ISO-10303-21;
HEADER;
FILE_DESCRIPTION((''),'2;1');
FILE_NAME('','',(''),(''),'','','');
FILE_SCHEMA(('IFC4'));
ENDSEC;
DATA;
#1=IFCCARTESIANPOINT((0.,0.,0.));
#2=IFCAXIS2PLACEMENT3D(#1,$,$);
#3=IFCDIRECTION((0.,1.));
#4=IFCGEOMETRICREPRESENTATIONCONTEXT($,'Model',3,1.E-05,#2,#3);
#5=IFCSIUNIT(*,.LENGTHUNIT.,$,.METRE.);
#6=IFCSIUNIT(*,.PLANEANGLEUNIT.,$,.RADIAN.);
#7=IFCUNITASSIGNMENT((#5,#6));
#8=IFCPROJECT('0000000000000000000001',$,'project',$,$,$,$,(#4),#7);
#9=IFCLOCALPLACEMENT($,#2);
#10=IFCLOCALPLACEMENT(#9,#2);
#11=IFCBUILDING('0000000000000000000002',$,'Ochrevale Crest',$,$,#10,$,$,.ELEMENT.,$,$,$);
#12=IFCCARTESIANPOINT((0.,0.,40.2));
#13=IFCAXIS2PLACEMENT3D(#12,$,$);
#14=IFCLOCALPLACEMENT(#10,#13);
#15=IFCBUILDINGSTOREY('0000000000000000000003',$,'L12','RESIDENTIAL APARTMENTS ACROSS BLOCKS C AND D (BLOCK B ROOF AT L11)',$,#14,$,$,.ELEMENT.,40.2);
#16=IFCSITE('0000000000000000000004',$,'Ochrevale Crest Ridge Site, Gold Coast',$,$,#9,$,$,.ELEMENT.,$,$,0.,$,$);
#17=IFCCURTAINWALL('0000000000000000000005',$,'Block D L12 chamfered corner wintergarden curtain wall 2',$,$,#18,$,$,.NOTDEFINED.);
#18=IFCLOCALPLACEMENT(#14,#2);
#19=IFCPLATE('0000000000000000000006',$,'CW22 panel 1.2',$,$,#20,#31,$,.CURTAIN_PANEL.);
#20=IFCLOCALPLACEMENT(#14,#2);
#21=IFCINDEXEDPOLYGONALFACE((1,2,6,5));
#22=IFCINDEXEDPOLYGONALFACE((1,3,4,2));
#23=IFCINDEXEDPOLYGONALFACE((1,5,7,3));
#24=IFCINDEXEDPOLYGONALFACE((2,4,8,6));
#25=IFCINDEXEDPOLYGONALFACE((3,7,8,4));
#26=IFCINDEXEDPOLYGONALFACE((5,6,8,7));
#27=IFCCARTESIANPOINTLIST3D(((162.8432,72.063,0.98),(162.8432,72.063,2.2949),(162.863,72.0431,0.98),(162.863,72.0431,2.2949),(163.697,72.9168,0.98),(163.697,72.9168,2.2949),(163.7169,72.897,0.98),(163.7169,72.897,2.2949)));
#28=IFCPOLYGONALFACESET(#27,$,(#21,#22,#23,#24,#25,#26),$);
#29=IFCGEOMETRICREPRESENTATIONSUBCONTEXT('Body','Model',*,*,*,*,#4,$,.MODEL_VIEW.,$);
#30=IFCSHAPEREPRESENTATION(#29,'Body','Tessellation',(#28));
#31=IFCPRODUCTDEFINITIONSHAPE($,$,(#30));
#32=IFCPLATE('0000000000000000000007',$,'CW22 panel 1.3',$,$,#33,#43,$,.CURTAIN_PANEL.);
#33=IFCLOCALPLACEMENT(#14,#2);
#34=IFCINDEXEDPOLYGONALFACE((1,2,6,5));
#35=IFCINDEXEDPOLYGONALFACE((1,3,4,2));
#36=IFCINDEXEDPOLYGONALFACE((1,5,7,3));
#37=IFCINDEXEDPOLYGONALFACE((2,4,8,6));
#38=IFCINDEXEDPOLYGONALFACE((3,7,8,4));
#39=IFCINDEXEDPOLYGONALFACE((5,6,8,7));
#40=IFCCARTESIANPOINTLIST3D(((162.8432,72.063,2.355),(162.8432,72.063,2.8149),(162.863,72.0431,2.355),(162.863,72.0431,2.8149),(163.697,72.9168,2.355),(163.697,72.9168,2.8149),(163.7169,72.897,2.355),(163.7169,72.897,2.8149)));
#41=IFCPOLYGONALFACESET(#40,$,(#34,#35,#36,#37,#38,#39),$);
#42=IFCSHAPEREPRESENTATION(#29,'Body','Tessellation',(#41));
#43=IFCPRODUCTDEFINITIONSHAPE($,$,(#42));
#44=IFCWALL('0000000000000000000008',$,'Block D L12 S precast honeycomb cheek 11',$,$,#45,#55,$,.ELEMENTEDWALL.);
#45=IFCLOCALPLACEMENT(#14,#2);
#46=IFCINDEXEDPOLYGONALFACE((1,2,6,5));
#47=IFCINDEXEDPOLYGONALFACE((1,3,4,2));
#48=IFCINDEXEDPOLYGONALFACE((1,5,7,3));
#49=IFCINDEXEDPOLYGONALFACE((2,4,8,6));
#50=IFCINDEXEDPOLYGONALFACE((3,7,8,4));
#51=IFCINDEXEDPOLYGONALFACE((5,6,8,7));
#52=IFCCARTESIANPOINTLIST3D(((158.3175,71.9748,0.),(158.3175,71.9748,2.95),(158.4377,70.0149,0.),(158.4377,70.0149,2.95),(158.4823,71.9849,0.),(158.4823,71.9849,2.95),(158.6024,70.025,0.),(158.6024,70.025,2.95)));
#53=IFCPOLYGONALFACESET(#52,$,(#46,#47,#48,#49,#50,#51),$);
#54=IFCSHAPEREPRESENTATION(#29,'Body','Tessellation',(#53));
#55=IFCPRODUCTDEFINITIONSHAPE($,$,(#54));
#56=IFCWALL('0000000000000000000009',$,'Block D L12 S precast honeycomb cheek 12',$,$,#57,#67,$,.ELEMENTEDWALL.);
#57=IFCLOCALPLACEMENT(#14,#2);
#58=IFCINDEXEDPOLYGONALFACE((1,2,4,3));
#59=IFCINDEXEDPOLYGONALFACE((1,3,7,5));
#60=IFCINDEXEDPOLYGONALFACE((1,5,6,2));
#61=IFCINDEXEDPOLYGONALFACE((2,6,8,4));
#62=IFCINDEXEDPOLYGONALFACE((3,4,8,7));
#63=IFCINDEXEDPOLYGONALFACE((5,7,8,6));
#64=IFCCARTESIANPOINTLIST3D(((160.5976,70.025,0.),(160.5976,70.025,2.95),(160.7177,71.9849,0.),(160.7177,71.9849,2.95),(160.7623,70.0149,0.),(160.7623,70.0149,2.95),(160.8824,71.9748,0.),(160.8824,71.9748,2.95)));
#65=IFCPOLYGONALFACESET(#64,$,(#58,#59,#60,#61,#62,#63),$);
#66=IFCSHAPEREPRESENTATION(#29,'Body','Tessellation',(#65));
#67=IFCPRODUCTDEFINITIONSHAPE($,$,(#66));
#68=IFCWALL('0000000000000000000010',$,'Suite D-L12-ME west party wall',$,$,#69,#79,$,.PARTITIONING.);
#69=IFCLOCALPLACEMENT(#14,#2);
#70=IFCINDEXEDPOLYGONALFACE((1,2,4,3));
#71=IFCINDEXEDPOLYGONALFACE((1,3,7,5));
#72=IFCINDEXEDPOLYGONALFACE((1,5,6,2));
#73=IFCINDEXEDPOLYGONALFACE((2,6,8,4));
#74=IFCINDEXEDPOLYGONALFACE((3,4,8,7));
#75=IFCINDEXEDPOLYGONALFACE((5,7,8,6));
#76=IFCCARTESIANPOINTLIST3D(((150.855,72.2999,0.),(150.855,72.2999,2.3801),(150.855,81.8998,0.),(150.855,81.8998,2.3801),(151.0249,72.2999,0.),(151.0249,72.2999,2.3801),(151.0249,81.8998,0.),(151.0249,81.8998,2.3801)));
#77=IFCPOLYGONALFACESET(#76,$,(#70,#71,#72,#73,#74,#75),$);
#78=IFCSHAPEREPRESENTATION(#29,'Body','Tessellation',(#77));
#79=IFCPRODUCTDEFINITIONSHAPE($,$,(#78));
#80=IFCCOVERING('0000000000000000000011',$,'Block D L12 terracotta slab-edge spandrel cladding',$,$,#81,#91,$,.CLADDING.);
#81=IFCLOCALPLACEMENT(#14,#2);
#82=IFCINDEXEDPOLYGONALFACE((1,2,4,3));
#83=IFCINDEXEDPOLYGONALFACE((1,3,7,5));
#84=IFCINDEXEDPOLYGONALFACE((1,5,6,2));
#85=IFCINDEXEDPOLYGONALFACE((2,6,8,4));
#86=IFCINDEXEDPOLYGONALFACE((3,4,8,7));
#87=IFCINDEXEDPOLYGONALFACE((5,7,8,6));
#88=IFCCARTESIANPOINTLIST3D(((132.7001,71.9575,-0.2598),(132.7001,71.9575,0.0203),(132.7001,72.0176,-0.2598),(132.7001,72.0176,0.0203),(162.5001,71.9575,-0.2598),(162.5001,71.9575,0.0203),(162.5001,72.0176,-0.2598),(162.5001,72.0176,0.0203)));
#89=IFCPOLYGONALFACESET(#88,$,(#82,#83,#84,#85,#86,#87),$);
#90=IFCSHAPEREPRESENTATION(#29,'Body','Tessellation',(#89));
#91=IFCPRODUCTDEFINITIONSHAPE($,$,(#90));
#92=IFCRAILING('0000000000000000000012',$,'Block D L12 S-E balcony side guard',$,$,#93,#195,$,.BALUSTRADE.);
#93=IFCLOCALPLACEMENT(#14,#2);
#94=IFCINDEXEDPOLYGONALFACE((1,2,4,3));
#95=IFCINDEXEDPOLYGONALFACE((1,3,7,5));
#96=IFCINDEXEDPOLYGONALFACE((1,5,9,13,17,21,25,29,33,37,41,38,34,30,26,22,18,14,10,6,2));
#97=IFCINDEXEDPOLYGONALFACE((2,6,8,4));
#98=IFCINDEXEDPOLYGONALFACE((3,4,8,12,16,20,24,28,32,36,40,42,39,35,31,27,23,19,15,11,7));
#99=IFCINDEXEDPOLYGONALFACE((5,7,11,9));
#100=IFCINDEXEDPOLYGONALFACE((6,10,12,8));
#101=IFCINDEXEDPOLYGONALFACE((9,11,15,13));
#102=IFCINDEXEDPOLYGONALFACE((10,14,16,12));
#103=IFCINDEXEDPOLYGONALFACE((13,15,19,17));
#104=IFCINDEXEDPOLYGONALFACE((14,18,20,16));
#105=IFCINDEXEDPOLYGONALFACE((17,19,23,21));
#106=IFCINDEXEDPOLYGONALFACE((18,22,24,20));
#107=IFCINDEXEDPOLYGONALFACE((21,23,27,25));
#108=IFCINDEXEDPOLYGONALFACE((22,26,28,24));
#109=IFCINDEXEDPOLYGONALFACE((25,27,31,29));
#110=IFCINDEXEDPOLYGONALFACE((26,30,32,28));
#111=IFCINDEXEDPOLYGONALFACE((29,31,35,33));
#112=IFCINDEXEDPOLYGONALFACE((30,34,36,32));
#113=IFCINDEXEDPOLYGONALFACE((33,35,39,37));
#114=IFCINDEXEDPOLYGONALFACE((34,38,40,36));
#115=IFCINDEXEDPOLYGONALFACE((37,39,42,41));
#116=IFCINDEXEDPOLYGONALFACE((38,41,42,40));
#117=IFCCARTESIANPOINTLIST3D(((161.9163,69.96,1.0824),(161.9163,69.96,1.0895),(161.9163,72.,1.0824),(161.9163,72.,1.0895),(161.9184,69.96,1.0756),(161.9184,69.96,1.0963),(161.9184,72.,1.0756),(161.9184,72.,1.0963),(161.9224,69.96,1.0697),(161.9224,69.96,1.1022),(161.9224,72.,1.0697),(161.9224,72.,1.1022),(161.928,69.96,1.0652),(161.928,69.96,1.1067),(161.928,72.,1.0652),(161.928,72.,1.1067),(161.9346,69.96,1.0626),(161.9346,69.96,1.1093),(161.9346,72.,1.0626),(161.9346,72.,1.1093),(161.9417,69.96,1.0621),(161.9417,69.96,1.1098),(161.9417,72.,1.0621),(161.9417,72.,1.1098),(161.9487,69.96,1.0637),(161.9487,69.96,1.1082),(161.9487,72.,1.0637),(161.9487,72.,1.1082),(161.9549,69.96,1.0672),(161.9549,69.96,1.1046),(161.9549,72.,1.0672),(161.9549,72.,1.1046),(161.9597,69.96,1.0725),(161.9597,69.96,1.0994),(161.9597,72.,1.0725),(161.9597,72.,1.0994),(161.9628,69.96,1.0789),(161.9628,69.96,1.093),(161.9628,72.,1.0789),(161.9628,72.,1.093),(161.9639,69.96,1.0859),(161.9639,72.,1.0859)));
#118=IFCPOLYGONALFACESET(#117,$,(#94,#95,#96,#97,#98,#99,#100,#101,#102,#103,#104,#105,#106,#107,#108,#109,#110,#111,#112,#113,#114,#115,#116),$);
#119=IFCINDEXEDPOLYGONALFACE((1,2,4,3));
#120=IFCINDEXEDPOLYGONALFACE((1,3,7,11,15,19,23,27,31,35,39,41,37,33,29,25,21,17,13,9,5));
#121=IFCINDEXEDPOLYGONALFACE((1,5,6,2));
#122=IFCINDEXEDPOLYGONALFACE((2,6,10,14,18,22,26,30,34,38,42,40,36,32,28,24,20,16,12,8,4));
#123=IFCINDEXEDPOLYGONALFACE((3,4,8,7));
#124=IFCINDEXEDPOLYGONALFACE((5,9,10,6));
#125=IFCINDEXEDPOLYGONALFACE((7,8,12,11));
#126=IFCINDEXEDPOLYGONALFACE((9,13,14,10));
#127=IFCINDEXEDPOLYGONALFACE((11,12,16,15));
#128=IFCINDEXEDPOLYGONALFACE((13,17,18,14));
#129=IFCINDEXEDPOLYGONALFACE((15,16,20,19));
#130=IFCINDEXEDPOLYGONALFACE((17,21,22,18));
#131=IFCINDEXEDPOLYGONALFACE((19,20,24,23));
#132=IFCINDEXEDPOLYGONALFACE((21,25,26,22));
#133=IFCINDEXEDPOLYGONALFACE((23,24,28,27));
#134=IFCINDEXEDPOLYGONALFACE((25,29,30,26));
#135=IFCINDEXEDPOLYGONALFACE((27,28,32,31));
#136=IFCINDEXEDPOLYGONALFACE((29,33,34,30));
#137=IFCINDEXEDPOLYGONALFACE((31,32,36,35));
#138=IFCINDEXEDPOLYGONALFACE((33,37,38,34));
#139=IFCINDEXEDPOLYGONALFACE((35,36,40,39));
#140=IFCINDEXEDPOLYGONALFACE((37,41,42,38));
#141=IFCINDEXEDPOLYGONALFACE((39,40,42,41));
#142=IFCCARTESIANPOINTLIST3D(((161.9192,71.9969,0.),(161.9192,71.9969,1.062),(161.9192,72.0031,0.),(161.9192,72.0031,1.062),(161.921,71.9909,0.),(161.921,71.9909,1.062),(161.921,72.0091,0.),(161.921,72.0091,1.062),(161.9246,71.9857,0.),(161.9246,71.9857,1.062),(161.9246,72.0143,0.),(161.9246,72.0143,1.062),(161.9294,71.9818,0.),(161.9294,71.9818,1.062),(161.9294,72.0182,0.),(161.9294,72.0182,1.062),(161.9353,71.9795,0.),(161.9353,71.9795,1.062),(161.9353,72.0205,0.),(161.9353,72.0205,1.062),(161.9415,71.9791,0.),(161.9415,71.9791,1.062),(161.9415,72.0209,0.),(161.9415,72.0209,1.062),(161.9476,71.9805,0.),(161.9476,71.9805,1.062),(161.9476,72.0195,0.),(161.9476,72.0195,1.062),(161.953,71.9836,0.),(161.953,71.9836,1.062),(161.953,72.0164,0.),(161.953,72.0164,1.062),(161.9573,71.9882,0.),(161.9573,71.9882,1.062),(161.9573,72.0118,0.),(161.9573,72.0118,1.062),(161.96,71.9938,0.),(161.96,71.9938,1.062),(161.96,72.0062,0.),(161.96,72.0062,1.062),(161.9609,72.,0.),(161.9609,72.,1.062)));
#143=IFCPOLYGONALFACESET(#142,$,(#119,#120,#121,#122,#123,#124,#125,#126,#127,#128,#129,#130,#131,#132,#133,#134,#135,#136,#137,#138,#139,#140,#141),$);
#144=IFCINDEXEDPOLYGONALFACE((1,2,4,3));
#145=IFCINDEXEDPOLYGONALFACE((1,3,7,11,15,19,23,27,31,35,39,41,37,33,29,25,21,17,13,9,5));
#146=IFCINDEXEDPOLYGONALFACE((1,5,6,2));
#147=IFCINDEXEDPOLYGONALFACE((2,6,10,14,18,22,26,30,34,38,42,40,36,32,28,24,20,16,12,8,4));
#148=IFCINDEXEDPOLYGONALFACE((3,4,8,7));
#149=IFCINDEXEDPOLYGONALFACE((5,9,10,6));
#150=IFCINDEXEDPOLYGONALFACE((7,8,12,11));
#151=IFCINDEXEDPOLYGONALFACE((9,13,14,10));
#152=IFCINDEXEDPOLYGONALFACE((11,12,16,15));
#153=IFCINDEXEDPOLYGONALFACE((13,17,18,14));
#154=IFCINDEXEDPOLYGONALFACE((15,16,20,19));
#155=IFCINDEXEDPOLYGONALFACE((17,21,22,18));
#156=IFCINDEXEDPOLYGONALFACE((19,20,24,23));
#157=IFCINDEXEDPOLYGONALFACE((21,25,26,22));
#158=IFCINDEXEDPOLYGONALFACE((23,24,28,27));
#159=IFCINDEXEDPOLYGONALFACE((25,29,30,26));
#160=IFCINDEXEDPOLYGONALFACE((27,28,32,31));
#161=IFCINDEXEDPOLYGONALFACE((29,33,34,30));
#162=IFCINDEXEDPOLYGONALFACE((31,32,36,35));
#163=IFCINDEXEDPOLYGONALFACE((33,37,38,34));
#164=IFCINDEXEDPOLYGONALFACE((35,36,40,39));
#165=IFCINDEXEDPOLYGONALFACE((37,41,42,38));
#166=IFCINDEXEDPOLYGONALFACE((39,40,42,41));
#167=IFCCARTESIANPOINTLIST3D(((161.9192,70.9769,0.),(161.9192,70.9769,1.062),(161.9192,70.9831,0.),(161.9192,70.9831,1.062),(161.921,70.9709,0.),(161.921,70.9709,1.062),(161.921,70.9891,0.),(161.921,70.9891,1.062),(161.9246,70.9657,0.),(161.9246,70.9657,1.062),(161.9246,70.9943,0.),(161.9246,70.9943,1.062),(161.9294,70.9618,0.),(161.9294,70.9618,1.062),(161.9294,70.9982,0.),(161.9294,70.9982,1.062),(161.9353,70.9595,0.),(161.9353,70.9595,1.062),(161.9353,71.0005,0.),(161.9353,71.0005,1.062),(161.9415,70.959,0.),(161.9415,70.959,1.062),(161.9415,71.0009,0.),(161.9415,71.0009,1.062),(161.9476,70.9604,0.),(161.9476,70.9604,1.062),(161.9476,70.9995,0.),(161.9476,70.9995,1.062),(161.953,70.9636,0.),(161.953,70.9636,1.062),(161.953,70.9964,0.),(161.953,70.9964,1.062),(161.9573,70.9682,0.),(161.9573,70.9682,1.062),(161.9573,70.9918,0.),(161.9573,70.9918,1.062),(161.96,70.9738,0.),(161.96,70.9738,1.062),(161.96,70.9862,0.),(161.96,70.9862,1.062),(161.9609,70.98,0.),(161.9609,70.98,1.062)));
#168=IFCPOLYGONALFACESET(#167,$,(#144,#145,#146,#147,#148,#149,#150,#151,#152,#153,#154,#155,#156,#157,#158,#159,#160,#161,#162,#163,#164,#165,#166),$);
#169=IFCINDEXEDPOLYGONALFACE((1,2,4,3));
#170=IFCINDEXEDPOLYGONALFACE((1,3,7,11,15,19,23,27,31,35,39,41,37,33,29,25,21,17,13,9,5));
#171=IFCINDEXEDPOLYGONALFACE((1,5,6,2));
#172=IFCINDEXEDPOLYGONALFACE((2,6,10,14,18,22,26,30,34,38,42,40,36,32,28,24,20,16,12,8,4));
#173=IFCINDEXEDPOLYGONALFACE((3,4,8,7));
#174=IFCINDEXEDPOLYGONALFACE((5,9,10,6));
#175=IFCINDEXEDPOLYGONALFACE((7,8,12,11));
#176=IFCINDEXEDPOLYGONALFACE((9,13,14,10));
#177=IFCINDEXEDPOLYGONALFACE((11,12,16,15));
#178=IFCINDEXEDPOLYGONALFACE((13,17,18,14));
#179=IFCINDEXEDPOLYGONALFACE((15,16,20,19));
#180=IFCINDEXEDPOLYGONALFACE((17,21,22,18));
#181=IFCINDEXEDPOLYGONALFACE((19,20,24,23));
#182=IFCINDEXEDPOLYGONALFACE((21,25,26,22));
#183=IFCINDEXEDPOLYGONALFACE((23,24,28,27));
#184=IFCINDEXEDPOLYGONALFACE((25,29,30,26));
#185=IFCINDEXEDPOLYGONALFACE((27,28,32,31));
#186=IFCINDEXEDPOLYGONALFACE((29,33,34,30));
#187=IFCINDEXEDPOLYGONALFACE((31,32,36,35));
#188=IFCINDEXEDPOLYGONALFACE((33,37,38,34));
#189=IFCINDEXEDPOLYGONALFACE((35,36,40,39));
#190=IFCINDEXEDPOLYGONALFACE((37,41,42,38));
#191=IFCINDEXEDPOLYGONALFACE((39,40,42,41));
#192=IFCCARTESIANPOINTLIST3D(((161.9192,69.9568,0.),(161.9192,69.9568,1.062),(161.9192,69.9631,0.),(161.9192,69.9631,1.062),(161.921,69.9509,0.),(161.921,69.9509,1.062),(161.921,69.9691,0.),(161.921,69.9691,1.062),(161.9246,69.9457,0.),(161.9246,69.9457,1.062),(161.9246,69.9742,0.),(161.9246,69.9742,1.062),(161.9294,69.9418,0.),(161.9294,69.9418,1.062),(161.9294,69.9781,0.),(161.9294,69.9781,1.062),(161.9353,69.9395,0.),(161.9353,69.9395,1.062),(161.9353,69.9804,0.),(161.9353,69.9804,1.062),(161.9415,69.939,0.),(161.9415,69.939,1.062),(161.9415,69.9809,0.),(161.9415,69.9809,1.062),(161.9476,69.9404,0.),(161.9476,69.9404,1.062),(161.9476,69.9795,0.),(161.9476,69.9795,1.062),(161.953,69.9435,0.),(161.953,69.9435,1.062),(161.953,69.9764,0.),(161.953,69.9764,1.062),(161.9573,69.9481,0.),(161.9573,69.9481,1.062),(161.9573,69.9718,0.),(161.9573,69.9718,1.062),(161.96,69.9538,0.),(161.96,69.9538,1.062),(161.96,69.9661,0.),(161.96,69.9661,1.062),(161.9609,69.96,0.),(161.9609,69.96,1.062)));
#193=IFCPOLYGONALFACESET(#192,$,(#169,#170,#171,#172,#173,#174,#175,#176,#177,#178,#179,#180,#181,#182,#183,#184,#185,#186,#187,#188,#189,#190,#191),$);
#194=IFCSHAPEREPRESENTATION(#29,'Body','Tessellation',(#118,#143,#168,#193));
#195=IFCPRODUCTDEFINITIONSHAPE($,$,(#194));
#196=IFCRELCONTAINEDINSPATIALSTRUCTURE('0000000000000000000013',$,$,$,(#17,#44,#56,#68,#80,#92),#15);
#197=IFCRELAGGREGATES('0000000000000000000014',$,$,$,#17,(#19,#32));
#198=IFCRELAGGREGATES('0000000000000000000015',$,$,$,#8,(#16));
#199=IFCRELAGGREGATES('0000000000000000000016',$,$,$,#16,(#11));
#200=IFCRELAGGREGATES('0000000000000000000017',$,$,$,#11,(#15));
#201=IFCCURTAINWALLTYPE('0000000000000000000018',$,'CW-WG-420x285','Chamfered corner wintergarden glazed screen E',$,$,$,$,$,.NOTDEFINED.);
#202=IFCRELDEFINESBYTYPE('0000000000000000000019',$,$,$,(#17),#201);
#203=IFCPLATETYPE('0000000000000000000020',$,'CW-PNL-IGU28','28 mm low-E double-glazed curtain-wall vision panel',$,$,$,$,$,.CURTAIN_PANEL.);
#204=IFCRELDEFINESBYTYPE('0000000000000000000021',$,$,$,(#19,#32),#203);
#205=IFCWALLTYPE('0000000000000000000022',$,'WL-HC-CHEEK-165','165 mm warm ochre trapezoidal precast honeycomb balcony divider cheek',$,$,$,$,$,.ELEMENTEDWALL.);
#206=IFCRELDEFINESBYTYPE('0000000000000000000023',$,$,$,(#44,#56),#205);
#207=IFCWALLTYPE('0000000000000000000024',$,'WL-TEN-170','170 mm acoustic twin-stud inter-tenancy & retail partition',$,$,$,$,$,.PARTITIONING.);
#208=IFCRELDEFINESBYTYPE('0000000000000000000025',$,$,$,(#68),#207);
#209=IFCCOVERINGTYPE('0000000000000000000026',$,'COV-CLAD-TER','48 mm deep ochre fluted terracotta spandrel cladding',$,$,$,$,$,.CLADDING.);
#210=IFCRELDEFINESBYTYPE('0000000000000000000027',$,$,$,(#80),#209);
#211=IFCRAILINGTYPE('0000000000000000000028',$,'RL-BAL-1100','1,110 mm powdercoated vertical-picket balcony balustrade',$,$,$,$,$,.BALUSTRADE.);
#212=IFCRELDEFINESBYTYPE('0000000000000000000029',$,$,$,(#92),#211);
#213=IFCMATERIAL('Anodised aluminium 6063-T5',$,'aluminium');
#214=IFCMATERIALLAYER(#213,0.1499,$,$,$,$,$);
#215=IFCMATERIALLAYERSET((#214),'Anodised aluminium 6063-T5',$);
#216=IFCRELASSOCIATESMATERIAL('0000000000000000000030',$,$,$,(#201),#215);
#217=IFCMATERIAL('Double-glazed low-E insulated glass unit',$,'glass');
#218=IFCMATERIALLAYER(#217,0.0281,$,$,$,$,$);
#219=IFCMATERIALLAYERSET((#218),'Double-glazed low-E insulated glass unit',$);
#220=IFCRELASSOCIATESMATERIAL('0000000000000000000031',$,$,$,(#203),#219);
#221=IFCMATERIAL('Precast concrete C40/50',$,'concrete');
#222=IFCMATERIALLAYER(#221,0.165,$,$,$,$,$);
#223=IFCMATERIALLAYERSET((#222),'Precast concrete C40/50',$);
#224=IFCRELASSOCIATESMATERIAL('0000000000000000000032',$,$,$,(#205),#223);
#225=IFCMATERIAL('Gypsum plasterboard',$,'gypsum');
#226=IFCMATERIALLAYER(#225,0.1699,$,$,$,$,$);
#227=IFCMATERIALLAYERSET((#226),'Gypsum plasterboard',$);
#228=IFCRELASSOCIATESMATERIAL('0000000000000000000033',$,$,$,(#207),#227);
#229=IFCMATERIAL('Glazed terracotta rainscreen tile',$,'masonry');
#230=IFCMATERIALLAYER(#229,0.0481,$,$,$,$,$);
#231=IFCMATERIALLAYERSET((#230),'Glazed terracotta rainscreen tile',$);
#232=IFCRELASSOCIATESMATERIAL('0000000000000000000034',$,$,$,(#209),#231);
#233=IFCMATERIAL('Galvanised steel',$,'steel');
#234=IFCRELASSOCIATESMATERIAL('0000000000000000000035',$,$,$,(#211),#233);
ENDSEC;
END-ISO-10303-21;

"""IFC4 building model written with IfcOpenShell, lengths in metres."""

from ifc_helpers import new_model, si_unit, direction, frame, frame_2d, origin, origin_2d, place, context, subcontext, project, spatial, rectangle, circle, extrude, material, layer, layer_set, type_object, element, aggregate, save


model = new_model("IFC4")

# Units and contexts
model_context = context("Model", 3, precision=1e-05, world=origin(), true_north=direction((0.0, 1.0)))
body_context = subcontext(model_context, "Body", "Model", "MODEL_VIEW")
ifc_project = project(units=[si_unit("LENGTHUNIT", "METRE"), si_unit("PLANEANGLEUNIT", "RADIAN")], contexts=[model_context])

# Site, building, storey
site_placement = place(None, origin())
site = spatial("IfcSite", under=ifc_project, at=site_placement, Name="Ochrevale Crest Ridge Site, Gold Coast", CompositionType="ELEMENT", RefElevation=0.0)
building_placement = place(site_placement, origin())
building = spatial("IfcBuilding", under=site, at=building_placement, Name="Ochrevale Crest", CompositionType="ELEMENT")
storey_placement = place(building_placement, frame((0.0, 0.0, 40.2)))
storey = spatial("IfcBuildingStorey", under=building, at=storey_placement, Name="L12", Description="RESIDENTIAL APARTMENTS ACROSS BLOCKS C AND D (BLOCK B ROOF AT L11)", CompositionType="ELEMENT", Elevation=40.2)

# Shared definitions
ifc_material_1 = material(Name="Precast concrete C40/50", Category="concrete")

# Curtain wall, plates
ifc_material_2 = material(Name="Anodised aluminium 6063-T5", Category="aluminium")
ifc_layer_1 = layer(ifc_material_2, 0.1499)
ifc_layer_set_1 = layer_set([ifc_layer_1], Name="Anodised aluminium 6063-T5")
curtain_wall_type = type_object("IfcCurtainWallType", Name="CW-WG-420x285", Description="Chamfered corner wintergarden glazed screen E", PredefinedType="NOTDEFINED", material=ifc_layer_set_1)
curtain_wall_placement = place(storey_placement, origin())
curtain_wall = element("IfcCurtainWall", 1, at=curtain_wall_placement, inside=storey, type_object=curtain_wall_type, Name="Block D L12 chamfered corner wintergarden curtain wall 2", PredefinedType="NOTDEFINED")
ifc_material_3 = material(Name="Double-glazed low-E insulated glass unit", Category="glass")
ifc_layer_2 = layer(ifc_material_3, 0.0281)
ifc_layer_set_2 = layer_set([ifc_layer_2], Name="Double-glazed low-E insulated glass unit")
plate_type = type_object("IfcPlateType", Name="CW-PNL-IGU28", Description="28 mm low-E double-glazed curtain-wall vision panel", PredefinedType="CURTAIN_PANEL", material=ifc_layer_set_2)
plate_1_placement = place(storey_placement, frame((163.28, 72.48, 0.98), z_axis=(0.0, 0.0, 1.0), x_axis=(0.707107, 0.707107, 0.0)))
plate_1 = element("IfcPlate", 2, at=plate_1_placement, type_object=plate_type, Name="CW22 panel 1.2", PredefinedType="CURTAIN_PANEL", context=body_context, shape_type="SweptSolid", body=[
    extrude(rectangle(XDim=1.2075, YDim=0.0281, at=origin_2d()), origin(), (0.0, 0.0, 1.0), 1.3149),
])
plate_2_placement = place(storey_placement, frame((163.28, 72.48, 2.355), z_axis=(0.0, 0.0, 1.0), x_axis=(0.707107, 0.707107, 0.0)))
plate_2 = element("IfcPlate", 3, at=plate_2_placement, type_object=plate_type, Name="CW22 panel 1.3", PredefinedType="CURTAIN_PANEL", context=body_context, shape_type="SweptSolid", body=[
    extrude(rectangle(XDim=1.2075, YDim=0.0281, at=origin_2d()), origin(), (0.0, 0.0, 1.0), 0.46),
])
aggregate(curtain_wall, [plate_1, plate_2])

# Walls
ifc_layer_3 = layer(ifc_material_1, 0.165)
ifc_layer_set_3 = layer_set([ifc_layer_3], Name="Precast concrete C40/50")
wall_type_1 = type_object("IfcWallType", Name="WL-HC-CHEEK-165", Description="165 mm warm ochre trapezoidal precast honeycomb balcony divider cheek", PredefinedType="ELEMENTEDWALL", material=ifc_layer_set_3)
for number, where, z_axis, x_axis, name in (
    (4, (158.3999, 71.98, 0.0), (0.0, 0.0, 1.0), (0.061171, -0.998127, 0.0), "Block D L12 S precast honeycomb cheek 11"),
    (5, (160.8, 71.98, 0.0), (0.0, 0.0, 1.0), (-0.061171, -0.998127, 0.0), "Block D L12 S precast honeycomb cheek 12"),
):
    element("IfcWall", number, at=place(storey_placement, frame(where, z_axis=z_axis, x_axis=x_axis)), inside=storey, type_object=wall_type_1, Name=name, PredefinedType="ELEMENTEDWALL", context=body_context, shape_type="SweptSolid", body=[
        extrude(rectangle(XDim=1.9636, YDim=0.165, at=frame_2d((0.9819, 0.0))), origin(), (0.0, 0.0, 1.0), 2.95),
    ])
ifc_material_4 = material(Name="Gypsum plasterboard", Category="gypsum")
ifc_layer_4 = layer(ifc_material_4, 0.1699)
ifc_layer_set_4 = layer_set([ifc_layer_4], Name="Gypsum plasterboard")
wall_type_2 = type_object("IfcWallType", Name="WL-TEN-170", Description="170 mm acoustic twin-stud inter-tenancy & retail partition", PredefinedType="PARTITIONING", material=ifc_layer_set_4)
wall_placement = place(storey_placement, frame((150.9399, 72.3, 0.0), z_axis=(0.0, 0.0, 1.0), x_axis=(0.0, 1.0, 0.0)))
element("IfcWall", 6, at=wall_placement, inside=storey, type_object=wall_type_2, Name="Suite D-L12-ME west party wall", PredefinedType="PARTITIONING", context=body_context, shape_type="SweptSolid", body=[
    extrude(rectangle(XDim=9.5999, YDim=0.1699, at=frame_2d((4.7998, 0.0))), origin(), (0.0, 0.0, 1.0), 2.3801),
])

# Covering
ifc_material_5 = material(Name="Glazed terracotta rainscreen tile", Category="masonry")
ifc_layer_5 = layer(ifc_material_5, 0.0481)
ifc_layer_set_5 = layer_set([ifc_layer_5], Name="Glazed terracotta rainscreen tile")
covering_type = type_object("IfcCoveringType", Name="COV-CLAD-TER", Description="48 mm deep ochre fluted terracotta spandrel cladding", PredefinedType="CLADDING", material=ifc_layer_set_5)
covering_placement = place(storey_placement, frame((147.6001, 71.9875, -0.2598), z_axis=(0.0, 0.0, 1.0), x_axis=(1.0, 0.0, 0.0)))
element("IfcCovering", 7, at=covering_placement, inside=storey, type_object=covering_type, Name="Block D L12 terracotta slab-edge spandrel cladding", PredefinedType="CLADDING", context=body_context, shape_type="SweptSolid", body=[
    extrude(rectangle(XDim=29.8, YDim=0.0601, at=origin_2d()), origin(), (0.0, 0.0, 1.0), 0.28),
])

# Railing
ifc_material_6 = material(Name="Galvanised steel", Category="steel")
railing_type = type_object("IfcRailingType", Name="RL-BAL-1100", Description="1,110 mm powdercoated vertical-picket balcony balustrade", PredefinedType="BALUSTRADE", material=ifc_material_6)
railing_placement = place(storey_placement, frame((161.9399, 72.0, 0.0)))
element("IfcRailing", 8, at=railing_placement, inside=storey, type_object=railing_type, Name="Block D L12 S-E balcony side guard", PredefinedType="BALUSTRADE", context=body_context, shape_type="SweptSolid", body=[
    extrude(circle(Radius=0.0239, at=origin_2d()), frame((0.0, 0.0, 1.0859), z_axis=(0.0, -1.0, 0.0), x_axis=(1.0, 0.0, 0.0)), (0.0, 0.0, 1.0), 2.04),
    extrude(circle(Radius=0.021, at=origin_2d()), origin(), (0.0, 0.0, 1.0), 1.062),
    extrude(circle(Radius=0.021, at=origin_2d()), frame((0.0, -1.02, 0.0)), (0.0, 0.0, 1.0), 1.062),
    extrude(circle(Radius=0.021, at=origin_2d()), frame((0.0, -2.04, 0.0)), (0.0, 0.0, 1.0), 1.062),
])

save(model, "model.ifc")
